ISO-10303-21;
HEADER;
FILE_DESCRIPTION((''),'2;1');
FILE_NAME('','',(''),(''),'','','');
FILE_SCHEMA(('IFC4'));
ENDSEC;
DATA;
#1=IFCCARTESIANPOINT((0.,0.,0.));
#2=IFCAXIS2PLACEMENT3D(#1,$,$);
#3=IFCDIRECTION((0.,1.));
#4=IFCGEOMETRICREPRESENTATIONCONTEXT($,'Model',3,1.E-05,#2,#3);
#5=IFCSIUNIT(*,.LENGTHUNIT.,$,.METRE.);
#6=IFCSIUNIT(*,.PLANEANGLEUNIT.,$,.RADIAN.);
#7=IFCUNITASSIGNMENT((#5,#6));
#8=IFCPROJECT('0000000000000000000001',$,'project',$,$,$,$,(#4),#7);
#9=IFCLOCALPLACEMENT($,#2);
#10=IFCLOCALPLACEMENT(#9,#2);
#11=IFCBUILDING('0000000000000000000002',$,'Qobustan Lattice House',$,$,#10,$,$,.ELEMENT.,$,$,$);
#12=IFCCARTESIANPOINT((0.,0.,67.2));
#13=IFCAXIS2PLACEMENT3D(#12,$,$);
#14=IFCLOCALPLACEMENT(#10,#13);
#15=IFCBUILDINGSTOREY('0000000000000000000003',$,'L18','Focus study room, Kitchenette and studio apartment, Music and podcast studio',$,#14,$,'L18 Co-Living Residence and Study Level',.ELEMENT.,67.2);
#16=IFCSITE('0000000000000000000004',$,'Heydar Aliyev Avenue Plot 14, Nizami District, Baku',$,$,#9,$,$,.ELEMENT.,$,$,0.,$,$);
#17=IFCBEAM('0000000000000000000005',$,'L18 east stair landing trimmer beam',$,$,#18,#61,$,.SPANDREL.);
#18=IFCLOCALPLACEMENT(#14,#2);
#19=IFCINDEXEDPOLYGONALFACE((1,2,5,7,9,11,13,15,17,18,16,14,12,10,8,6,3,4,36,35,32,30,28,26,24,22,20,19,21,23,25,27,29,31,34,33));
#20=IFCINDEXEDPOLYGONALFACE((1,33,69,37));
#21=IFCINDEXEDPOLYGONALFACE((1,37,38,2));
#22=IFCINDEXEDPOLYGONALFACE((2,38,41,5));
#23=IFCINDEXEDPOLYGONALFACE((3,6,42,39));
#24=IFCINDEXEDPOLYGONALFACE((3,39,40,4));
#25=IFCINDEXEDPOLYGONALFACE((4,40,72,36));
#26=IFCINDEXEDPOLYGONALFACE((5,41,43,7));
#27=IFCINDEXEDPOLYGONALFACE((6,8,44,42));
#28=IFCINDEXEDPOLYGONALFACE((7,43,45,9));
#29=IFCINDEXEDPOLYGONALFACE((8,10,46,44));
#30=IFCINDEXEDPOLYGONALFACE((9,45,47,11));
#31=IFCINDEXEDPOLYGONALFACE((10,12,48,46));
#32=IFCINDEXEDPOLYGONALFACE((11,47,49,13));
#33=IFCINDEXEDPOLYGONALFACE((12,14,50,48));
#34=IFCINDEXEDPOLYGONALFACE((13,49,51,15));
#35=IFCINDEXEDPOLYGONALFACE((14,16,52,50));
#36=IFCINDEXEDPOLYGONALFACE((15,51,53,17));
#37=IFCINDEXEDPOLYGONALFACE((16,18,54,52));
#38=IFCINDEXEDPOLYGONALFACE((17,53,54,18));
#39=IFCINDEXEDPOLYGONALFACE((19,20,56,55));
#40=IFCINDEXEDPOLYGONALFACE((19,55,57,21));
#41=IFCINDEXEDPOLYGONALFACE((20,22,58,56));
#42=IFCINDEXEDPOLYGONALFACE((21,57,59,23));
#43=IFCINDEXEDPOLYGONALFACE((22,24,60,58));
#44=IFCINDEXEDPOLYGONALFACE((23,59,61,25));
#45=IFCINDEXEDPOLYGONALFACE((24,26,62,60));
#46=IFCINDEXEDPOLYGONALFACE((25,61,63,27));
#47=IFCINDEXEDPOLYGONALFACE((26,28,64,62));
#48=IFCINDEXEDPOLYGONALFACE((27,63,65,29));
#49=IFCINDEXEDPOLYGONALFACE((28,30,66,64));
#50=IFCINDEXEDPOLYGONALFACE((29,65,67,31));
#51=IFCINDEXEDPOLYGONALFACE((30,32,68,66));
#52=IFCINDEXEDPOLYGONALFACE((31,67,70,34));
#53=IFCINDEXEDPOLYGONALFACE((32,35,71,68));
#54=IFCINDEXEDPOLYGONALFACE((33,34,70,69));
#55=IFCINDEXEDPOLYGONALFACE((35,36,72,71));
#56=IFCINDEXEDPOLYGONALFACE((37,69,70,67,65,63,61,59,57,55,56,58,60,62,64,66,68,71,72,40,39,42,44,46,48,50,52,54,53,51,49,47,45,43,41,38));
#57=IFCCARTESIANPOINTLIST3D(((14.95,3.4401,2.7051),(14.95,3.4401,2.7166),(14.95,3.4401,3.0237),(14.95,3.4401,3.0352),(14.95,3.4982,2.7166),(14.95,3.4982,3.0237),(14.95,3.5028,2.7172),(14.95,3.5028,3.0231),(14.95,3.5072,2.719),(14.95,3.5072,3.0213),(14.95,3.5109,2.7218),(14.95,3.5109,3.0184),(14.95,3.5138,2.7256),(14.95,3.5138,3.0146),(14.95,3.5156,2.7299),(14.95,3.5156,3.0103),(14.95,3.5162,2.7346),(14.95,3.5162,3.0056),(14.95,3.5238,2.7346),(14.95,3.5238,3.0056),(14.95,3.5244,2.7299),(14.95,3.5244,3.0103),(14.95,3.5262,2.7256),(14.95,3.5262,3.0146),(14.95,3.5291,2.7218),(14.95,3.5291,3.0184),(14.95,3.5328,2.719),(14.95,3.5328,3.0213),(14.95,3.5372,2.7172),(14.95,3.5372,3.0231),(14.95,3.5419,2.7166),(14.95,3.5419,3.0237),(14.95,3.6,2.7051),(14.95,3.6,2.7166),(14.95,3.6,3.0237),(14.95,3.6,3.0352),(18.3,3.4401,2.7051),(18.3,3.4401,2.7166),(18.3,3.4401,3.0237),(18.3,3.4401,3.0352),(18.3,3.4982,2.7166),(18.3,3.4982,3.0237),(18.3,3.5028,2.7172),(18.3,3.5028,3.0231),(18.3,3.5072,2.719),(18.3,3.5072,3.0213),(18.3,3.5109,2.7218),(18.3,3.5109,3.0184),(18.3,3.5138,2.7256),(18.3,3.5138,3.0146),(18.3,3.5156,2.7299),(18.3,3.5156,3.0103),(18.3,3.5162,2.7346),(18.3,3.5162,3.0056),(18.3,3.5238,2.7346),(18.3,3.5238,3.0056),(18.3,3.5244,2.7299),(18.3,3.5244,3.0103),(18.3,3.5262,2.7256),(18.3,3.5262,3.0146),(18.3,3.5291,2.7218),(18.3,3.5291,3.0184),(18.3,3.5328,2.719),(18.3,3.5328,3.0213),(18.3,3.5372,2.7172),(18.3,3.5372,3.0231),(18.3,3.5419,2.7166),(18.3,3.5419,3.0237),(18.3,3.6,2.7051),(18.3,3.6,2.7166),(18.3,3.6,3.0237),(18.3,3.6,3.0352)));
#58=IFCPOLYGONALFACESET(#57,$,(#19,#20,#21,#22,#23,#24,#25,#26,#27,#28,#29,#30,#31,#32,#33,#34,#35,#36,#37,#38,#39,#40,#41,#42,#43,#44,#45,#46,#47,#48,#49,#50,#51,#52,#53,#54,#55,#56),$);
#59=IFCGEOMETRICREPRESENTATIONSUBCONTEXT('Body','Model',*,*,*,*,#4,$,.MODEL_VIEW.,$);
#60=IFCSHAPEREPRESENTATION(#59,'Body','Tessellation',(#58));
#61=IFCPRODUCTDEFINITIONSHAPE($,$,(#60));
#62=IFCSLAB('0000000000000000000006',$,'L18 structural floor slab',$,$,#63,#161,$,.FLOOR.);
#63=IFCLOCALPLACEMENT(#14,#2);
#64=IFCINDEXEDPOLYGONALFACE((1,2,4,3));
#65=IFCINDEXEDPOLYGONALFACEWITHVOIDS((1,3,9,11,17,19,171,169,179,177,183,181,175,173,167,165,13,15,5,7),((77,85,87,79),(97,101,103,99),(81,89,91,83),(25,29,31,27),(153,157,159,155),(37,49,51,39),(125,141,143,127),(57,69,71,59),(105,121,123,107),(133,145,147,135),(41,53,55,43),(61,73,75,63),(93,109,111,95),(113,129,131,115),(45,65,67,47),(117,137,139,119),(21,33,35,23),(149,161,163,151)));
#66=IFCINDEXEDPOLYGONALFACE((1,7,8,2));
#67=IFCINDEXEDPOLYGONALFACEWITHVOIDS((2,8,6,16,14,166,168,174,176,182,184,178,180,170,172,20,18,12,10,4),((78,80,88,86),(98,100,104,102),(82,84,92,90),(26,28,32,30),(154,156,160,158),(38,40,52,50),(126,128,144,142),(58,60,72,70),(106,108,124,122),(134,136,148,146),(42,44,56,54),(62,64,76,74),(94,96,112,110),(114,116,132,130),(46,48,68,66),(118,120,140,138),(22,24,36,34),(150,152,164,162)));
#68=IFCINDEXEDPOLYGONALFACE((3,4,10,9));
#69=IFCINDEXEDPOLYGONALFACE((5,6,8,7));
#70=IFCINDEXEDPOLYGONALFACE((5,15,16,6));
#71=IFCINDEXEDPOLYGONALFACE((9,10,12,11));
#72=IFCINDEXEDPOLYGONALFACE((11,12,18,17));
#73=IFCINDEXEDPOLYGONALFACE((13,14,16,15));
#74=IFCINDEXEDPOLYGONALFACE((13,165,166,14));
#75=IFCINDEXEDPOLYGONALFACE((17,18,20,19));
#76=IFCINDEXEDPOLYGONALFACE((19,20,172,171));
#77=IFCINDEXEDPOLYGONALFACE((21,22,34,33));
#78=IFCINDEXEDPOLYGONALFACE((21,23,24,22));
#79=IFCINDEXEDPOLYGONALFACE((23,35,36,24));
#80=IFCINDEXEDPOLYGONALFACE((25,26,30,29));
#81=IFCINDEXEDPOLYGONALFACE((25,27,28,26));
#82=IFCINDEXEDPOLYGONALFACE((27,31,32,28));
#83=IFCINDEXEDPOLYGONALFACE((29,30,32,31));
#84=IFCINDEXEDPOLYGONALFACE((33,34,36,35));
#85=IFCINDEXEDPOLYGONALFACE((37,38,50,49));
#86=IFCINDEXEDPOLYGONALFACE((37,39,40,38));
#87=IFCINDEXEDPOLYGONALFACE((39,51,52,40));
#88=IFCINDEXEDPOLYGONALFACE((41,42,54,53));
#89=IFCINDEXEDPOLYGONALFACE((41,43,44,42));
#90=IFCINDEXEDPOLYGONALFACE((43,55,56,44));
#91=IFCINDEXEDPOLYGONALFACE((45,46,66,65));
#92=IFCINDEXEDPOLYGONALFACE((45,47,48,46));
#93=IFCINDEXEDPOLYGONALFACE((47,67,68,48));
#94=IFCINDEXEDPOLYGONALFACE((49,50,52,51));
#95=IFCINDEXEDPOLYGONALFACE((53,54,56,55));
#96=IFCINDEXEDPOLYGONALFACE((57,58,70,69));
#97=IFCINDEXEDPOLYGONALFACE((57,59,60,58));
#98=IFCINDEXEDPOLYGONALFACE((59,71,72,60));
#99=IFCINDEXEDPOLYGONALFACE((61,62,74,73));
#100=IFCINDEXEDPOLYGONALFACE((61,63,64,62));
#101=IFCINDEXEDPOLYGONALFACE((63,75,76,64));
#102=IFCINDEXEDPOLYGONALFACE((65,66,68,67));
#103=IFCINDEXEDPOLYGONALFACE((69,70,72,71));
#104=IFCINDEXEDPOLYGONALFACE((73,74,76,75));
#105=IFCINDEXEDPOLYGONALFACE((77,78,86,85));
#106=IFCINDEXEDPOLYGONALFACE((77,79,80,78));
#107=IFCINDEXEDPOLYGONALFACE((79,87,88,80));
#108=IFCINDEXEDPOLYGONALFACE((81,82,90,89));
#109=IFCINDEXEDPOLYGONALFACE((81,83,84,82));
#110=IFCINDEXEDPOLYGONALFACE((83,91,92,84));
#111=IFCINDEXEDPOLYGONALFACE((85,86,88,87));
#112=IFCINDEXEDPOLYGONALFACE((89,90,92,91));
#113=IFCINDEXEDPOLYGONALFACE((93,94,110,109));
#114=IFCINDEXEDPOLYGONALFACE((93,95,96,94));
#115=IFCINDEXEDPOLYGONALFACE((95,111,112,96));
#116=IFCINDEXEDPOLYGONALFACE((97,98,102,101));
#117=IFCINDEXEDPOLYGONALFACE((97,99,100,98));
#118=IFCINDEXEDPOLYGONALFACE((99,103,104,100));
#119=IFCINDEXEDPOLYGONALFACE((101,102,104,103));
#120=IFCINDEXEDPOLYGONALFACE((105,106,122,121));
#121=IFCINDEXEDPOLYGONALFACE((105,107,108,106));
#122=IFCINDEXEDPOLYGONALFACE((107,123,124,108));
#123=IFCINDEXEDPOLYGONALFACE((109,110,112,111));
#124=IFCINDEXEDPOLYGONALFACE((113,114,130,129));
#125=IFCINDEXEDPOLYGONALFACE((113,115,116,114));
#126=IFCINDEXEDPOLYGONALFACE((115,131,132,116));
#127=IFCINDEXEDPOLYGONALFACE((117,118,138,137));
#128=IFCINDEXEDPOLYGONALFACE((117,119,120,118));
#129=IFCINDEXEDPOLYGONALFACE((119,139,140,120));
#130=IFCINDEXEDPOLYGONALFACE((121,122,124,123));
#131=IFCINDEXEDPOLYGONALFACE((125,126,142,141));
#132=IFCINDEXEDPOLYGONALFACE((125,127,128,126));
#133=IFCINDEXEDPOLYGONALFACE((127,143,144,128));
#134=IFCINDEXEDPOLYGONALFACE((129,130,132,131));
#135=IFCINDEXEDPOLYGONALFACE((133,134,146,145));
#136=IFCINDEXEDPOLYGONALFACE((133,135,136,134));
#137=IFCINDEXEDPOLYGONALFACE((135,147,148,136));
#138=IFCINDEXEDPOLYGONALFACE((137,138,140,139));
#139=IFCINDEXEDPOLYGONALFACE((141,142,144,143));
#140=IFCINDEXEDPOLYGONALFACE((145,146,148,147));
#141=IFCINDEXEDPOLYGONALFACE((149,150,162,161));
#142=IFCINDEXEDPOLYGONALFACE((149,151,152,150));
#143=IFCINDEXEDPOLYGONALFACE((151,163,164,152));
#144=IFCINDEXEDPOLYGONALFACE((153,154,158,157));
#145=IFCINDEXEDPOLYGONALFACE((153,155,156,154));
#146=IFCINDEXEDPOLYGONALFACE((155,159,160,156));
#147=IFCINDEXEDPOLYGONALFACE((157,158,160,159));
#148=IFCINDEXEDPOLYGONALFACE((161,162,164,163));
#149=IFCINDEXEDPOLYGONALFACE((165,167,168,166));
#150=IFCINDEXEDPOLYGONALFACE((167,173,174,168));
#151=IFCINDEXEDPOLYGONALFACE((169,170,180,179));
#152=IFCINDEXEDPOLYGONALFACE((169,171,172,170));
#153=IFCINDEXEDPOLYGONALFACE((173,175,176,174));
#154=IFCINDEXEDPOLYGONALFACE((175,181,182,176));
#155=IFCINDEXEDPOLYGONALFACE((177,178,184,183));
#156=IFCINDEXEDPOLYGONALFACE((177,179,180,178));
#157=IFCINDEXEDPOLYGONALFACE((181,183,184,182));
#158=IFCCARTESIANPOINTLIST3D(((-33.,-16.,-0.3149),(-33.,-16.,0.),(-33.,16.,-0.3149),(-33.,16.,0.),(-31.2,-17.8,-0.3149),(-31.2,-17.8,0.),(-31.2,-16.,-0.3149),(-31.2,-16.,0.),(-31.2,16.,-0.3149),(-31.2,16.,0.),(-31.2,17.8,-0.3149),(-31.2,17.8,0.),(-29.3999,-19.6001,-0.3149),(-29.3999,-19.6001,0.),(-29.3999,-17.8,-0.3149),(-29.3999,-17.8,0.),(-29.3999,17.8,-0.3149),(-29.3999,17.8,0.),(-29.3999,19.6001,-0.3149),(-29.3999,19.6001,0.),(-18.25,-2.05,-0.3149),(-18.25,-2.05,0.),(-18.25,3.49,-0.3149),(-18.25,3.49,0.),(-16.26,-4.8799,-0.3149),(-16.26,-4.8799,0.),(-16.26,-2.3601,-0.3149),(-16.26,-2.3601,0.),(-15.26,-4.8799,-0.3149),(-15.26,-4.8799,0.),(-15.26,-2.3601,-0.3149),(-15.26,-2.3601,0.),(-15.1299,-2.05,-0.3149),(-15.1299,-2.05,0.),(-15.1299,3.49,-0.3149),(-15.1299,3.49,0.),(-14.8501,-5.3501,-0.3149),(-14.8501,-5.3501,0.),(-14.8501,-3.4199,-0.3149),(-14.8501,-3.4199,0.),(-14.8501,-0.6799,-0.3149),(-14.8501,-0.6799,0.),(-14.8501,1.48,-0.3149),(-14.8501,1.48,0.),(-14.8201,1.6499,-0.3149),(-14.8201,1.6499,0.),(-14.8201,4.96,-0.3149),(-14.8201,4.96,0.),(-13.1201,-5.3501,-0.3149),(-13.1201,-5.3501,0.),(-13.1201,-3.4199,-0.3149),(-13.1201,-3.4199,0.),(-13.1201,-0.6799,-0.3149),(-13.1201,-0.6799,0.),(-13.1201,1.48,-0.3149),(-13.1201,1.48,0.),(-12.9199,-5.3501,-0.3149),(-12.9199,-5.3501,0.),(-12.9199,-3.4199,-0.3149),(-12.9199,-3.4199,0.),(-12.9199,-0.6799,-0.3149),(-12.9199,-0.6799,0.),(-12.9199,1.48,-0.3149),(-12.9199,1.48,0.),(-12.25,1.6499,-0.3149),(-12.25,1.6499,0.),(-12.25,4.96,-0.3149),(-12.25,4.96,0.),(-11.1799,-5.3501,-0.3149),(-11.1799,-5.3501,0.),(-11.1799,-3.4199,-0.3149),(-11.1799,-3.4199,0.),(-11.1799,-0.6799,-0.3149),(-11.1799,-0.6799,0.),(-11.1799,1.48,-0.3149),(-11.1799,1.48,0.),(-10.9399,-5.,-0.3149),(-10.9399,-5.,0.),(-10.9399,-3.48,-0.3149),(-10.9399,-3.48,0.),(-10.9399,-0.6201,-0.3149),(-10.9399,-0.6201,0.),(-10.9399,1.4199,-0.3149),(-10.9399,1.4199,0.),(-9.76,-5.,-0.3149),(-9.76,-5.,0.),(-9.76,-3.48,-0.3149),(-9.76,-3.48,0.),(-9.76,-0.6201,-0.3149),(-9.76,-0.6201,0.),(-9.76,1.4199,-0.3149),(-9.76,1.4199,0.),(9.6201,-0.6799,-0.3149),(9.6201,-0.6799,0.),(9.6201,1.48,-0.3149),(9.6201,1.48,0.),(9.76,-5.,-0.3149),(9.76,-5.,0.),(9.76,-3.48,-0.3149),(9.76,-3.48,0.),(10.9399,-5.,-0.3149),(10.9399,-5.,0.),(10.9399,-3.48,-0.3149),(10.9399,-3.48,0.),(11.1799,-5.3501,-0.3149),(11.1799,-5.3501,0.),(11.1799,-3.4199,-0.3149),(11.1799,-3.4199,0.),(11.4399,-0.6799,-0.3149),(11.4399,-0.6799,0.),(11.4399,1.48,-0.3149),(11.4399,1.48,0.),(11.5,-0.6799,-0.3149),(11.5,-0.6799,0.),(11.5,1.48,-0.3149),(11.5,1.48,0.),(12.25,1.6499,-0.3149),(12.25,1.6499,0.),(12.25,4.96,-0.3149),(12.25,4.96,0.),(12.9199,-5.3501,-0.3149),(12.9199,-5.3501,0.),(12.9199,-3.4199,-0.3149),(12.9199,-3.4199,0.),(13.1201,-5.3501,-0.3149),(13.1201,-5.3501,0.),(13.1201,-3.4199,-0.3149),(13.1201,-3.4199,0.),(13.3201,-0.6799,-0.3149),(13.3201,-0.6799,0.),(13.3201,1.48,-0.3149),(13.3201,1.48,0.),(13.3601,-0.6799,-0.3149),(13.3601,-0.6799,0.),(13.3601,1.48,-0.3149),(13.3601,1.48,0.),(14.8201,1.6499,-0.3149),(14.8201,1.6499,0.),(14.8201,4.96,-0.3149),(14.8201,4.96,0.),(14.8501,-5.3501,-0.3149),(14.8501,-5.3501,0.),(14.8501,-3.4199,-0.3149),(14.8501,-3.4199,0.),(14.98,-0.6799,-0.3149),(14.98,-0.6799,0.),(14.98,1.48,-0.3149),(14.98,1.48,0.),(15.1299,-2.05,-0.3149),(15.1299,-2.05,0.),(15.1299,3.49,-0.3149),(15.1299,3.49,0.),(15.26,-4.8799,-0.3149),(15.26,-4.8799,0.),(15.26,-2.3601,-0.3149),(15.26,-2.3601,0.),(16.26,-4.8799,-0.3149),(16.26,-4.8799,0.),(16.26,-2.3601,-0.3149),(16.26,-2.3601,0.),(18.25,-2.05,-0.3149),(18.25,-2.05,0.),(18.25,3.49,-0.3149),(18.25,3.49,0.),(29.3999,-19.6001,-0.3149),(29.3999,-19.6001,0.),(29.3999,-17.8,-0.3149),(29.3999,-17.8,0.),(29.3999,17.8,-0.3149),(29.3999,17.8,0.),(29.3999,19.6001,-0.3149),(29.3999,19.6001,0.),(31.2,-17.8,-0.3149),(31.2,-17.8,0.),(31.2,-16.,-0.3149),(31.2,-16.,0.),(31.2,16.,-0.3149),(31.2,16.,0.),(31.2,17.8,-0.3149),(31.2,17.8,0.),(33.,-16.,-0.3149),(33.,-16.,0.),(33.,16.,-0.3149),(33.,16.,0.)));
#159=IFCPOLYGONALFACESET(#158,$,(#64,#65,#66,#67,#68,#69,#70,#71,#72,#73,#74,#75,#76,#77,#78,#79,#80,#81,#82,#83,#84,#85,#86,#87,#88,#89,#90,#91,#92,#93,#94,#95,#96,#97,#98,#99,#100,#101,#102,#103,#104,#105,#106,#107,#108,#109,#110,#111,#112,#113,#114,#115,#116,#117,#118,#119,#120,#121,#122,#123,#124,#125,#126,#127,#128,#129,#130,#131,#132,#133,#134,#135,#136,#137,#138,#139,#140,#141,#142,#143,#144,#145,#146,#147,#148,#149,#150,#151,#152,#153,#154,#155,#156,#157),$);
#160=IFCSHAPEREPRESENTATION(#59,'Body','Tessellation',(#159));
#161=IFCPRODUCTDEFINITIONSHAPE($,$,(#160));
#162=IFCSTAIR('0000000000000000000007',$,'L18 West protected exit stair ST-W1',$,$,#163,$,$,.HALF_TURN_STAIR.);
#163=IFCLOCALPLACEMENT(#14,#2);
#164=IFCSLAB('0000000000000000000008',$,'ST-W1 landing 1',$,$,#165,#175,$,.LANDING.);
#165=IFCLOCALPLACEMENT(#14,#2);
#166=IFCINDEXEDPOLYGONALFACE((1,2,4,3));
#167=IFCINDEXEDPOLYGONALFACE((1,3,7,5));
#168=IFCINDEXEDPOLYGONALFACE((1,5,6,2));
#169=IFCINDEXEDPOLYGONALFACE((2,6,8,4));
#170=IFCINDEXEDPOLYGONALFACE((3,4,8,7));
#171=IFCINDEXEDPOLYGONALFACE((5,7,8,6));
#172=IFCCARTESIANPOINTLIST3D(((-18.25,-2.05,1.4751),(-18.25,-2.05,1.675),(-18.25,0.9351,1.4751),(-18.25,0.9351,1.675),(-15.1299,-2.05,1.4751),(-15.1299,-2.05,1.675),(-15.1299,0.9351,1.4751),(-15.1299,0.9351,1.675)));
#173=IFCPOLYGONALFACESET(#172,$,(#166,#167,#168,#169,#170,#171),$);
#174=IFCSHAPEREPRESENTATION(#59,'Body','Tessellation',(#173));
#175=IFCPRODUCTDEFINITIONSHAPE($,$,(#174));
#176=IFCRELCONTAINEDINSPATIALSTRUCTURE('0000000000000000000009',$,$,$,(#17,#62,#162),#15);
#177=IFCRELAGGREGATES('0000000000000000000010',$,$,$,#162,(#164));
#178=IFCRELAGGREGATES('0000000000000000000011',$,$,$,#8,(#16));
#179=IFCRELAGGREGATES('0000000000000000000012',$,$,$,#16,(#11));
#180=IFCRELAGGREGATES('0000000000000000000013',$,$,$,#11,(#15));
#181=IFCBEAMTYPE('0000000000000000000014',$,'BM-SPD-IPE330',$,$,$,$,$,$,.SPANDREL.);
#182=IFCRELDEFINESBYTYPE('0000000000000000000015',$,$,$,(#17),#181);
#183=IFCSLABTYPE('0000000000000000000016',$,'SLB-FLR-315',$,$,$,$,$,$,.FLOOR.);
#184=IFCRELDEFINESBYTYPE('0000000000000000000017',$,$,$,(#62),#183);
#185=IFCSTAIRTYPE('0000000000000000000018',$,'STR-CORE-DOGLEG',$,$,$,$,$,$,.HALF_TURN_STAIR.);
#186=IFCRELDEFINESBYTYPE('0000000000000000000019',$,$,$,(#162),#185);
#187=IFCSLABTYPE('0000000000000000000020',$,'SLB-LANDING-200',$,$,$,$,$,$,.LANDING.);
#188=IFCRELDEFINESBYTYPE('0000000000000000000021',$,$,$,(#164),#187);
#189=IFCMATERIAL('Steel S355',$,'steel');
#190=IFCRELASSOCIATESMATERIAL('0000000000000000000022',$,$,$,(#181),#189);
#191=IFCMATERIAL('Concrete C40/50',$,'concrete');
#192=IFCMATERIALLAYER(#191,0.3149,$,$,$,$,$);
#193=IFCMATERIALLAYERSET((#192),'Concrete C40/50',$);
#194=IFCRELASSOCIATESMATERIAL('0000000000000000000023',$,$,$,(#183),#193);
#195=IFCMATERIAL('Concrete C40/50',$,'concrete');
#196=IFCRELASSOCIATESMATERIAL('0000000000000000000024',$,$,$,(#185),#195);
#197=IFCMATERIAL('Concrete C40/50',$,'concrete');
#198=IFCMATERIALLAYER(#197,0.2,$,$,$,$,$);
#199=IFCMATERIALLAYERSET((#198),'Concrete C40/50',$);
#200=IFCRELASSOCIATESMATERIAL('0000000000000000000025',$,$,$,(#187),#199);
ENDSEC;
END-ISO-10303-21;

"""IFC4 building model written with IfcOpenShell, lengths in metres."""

from ifc_helpers import new_model, si_unit, direction, frame, origin, origin_2d, place, context, subcontext, project, spatial, polyline, i_section, outline, extrude, material, layer, layer_set, material_profile, profile_set, type_object, element, aggregate, save


model = new_model("IFC4")

# Units and contexts
model_context = context("Model", 3, precision=1e-05, world=origin(), true_north=direction((0.0, 1.0)))
body_context = subcontext(model_context, "Body", "Model", "MODEL_VIEW")
ifc_project = project(units=[si_unit("LENGTHUNIT", "METRE"), si_unit("PLANEANGLEUNIT", "RADIAN")], contexts=[model_context])

# Site, building, storey
site_placement = place(None, origin())
site = spatial("IfcSite", under=ifc_project, at=site_placement, Name="Heydar Aliyev Avenue Plot 14, Nizami District, Baku", CompositionType="ELEMENT", RefElevation=0.0)
building_placement = place(site_placement, origin())
building = spatial("IfcBuilding", under=site, at=building_placement, Name="Qobustan Lattice House", CompositionType="ELEMENT")
storey_placement = place(building_placement, frame((0.0, 0.0, 67.2)))
storey = spatial("IfcBuildingStorey", under=building, at=storey_placement, Name="L18", Description="Focus study room, Kitchenette and studio apartment, Music and podcast studio", LongName="L18 Co-Living Residence and Study Level", CompositionType="ELEMENT", Elevation=67.2)

# Beam
ifc_material_1 = material(Name="Steel S355", Category="steel")
ifc_material_profile = material_profile(ifc_material_1, i_section(OverallWidth=0.1599, OverallDepth=0.3301, WebThickness=0.0076, FlangeThickness=0.0115, FilletRadius=0.0181, at=origin_2d()), Name="IPE330")
ifc_profile_set = profile_set([ifc_material_profile], Name="Steel S355")
beam_type = type_object("IfcBeamType", Name="BM-SPD-IPE330", PredefinedType="SPANDREL", material=ifc_profile_set)
beam_placement = place(storey_placement, frame((14.95, 3.52, 2.8701), z_axis=(1.0, 0.0, 0.0), x_axis=(0.0, 1.0, 0.0)))
element("IfcBeam", 1, at=beam_placement, inside=storey, type_object=beam_type, Name="L18 east stair landing trimmer beam", PredefinedType="SPANDREL", context=body_context, shape_type="SweptSolid", body=[
    extrude(i_section(OverallWidth=0.1599, OverallDepth=0.3301, WebThickness=0.0076, FlangeThickness=0.0115, FilletRadius=0.0181, at=origin_2d()), origin(), (0.0, 0.0, 1.0), 3.3501),
])

# Slab
ifc_material_2 = material(Name="Concrete C40/50", Category="concrete")
ifc_layer_1 = layer(ifc_material_2, 0.3149)
ifc_layer_set_1 = layer_set([ifc_layer_1], Name="Concrete C40/50")
slab_type_1 = type_object("IfcSlabType", Name="SLB-FLR-315", PredefinedType="FLOOR", material=ifc_layer_set_1)
slab_1_placement = place(storey_placement, frame((0.0, 0.0, -0.3149)))
element("IfcSlab", 2, at=slab_1_placement, inside=storey, type_object=slab_type_1, Name="L18 structural floor slab", PredefinedType="FLOOR", context=body_context, shape_type="SweptSolid", body=[
    extrude(outline(polyline([(-29.3999, -19.6001), (29.3999, -19.6001), (29.3999, -17.8), (31.2, -17.8), (31.2, -16.0), (33.0, -16.0), (33.0, 16.0), (31.2, 16.0), (31.2, 17.8), (29.3999, 17.8), (29.3999, 19.6001), (-29.3999, 19.6001), (-29.3999, 17.8), (-31.2, 17.8), (-31.2, 16.0), (-33.0, 16.0), (-33.0, -16.0), (-31.2, -16.0), (-31.2, -17.8), (-29.3999, -17.8), (-29.3999, -19.6001)]), holes=[polyline([(-18.25, -2.05), (-18.25, 3.49), (-15.1299, 3.49), (-15.1299, -2.05), (-18.25, -2.05)]), polyline([(15.1299, -2.05), (15.1299, 3.49), (18.25, 3.49), (18.25, -2.05), (15.1299, -2.05)]), polyline([(-14.8201, 1.6499), (-14.8201, 4.96), (-12.25, 4.96), (-12.25, 1.6499), (-14.8201, 1.6499)]), polyline([(12.25, 1.6499), (12.25, 4.96), (14.8201, 4.96), (14.8201, 1.6499), (12.25, 1.6499)]), polyline([(-16.26, -4.8799), (-16.26, -2.3601), (-15.26, -2.3601), (-15.26, -4.8799), (-16.26, -4.8799)]), polyline([(15.26, -4.8799), (15.26, -2.3601), (16.26, -2.3601), (16.26, -4.8799), (15.26, -4.8799)]), polyline([(-14.8501, -5.3501), (-14.8501, -3.4199), (-13.1201, -3.4199), (-13.1201, -5.3501), (-14.8501, -5.3501)]), polyline([(-12.9199, -5.3501), (-12.9199, -3.4199), (-11.1799, -3.4199), (-11.1799, -5.3501), (-12.9199, -5.3501)]), polyline([(-14.8501, -0.6799), (-14.8501, 1.48), (-13.1201, 1.48), (-13.1201, -0.6799), (-14.8501, -0.6799)]), polyline([(-12.9199, -0.6799), (-12.9199, 1.48), (-11.1799, 1.48), (-11.1799, -0.6799), (-12.9199, -0.6799)]), polyline([(-10.9399, -5.0), (-10.9399, -3.48), (-9.76, -3.48), (-9.76, -5.0), (-10.9399, -5.0)]), polyline([(-10.9399, -0.6201), (-10.9399, 1.4199), (-9.76, 1.4199), (-9.76, -0.6201), (-10.9399, -0.6201)]), polyline([(11.1799, -5.3501), (11.1799, -3.4199), (12.9199, -3.4199), (12.9199, -5.3501), (11.1799, -5.3501)]), polyline([(13.1201, -5.3501), (13.1201, -3.4199), (14.8501, -3.4199), (14.8501, -5.3501), (13.1201, -5.3501)]), polyline([(9.76, -5.0), (9.76, -3.48), (10.9399, -3.48), (10.9399, -5.0), (9.76, -5.0)]), polyline([(13.3601, -0.6799), (13.3601, 1.48), (14.98, 1.48), (14.98, -0.6799), (13.3601, -0.6799)]), polyline([(9.6201, -0.6799), (9.6201, 1.48), (11.4399, 1.48), (11.4399, -0.6799), (9.6201, -0.6799)]), polyline([(11.5, -0.6799), (11.5, 1.48), (13.3201, 1.48), (13.3201, -0.6799), (11.5, -0.6799)])]), origin(), (0.0, 0.0, 1.0), 0.3149),
])

# Stair, slab
ifc_material_3 = material(Name="Concrete C40/50", Category="concrete")
stair_type = type_object("IfcStairType", Name="STR-CORE-DOGLEG", PredefinedType="HALF_TURN_STAIR", material=ifc_material_3)
stair_1_placement = place(storey_placement, origin())
stair_1 = element("IfcStair", 3, at=stair_1_placement, inside=storey, type_object=stair_type, Name="L18 West protected exit stair ST-W1", PredefinedType="HALF_TURN_STAIR")
ifc_material_4 = material(Name="Concrete C40/50", Category="concrete")
ifc_layer_2 = layer(ifc_material_4, 0.2)
ifc_layer_set_2 = layer_set([ifc_layer_2], Name="Concrete C40/50")
slab_type_2 = type_object("IfcSlabType", Name="SLB-LANDING-200", PredefinedType="LANDING", material=ifc_layer_set_2)
slab_2_placement = place(storey_placement, frame((0.0, 0.0, 1.4751)))
slab_2 = element("IfcSlab", 4, at=slab_2_placement, type_object=slab_type_2, Name="ST-W1 landing 1", PredefinedType="LANDING", context=body_context, shape_type="SweptSolid", body=[
    extrude(outline(polyline([(-18.25, 0.9351), (-18.25, -2.05), (-15.1299, -2.05), (-15.1299, 0.9351), (-18.25, 0.9351)])), origin(), (0.0, 0.0, 1.0), 0.2),
])
aggregate(stair_1, [slab_2])

save(model, "model.ifc")
